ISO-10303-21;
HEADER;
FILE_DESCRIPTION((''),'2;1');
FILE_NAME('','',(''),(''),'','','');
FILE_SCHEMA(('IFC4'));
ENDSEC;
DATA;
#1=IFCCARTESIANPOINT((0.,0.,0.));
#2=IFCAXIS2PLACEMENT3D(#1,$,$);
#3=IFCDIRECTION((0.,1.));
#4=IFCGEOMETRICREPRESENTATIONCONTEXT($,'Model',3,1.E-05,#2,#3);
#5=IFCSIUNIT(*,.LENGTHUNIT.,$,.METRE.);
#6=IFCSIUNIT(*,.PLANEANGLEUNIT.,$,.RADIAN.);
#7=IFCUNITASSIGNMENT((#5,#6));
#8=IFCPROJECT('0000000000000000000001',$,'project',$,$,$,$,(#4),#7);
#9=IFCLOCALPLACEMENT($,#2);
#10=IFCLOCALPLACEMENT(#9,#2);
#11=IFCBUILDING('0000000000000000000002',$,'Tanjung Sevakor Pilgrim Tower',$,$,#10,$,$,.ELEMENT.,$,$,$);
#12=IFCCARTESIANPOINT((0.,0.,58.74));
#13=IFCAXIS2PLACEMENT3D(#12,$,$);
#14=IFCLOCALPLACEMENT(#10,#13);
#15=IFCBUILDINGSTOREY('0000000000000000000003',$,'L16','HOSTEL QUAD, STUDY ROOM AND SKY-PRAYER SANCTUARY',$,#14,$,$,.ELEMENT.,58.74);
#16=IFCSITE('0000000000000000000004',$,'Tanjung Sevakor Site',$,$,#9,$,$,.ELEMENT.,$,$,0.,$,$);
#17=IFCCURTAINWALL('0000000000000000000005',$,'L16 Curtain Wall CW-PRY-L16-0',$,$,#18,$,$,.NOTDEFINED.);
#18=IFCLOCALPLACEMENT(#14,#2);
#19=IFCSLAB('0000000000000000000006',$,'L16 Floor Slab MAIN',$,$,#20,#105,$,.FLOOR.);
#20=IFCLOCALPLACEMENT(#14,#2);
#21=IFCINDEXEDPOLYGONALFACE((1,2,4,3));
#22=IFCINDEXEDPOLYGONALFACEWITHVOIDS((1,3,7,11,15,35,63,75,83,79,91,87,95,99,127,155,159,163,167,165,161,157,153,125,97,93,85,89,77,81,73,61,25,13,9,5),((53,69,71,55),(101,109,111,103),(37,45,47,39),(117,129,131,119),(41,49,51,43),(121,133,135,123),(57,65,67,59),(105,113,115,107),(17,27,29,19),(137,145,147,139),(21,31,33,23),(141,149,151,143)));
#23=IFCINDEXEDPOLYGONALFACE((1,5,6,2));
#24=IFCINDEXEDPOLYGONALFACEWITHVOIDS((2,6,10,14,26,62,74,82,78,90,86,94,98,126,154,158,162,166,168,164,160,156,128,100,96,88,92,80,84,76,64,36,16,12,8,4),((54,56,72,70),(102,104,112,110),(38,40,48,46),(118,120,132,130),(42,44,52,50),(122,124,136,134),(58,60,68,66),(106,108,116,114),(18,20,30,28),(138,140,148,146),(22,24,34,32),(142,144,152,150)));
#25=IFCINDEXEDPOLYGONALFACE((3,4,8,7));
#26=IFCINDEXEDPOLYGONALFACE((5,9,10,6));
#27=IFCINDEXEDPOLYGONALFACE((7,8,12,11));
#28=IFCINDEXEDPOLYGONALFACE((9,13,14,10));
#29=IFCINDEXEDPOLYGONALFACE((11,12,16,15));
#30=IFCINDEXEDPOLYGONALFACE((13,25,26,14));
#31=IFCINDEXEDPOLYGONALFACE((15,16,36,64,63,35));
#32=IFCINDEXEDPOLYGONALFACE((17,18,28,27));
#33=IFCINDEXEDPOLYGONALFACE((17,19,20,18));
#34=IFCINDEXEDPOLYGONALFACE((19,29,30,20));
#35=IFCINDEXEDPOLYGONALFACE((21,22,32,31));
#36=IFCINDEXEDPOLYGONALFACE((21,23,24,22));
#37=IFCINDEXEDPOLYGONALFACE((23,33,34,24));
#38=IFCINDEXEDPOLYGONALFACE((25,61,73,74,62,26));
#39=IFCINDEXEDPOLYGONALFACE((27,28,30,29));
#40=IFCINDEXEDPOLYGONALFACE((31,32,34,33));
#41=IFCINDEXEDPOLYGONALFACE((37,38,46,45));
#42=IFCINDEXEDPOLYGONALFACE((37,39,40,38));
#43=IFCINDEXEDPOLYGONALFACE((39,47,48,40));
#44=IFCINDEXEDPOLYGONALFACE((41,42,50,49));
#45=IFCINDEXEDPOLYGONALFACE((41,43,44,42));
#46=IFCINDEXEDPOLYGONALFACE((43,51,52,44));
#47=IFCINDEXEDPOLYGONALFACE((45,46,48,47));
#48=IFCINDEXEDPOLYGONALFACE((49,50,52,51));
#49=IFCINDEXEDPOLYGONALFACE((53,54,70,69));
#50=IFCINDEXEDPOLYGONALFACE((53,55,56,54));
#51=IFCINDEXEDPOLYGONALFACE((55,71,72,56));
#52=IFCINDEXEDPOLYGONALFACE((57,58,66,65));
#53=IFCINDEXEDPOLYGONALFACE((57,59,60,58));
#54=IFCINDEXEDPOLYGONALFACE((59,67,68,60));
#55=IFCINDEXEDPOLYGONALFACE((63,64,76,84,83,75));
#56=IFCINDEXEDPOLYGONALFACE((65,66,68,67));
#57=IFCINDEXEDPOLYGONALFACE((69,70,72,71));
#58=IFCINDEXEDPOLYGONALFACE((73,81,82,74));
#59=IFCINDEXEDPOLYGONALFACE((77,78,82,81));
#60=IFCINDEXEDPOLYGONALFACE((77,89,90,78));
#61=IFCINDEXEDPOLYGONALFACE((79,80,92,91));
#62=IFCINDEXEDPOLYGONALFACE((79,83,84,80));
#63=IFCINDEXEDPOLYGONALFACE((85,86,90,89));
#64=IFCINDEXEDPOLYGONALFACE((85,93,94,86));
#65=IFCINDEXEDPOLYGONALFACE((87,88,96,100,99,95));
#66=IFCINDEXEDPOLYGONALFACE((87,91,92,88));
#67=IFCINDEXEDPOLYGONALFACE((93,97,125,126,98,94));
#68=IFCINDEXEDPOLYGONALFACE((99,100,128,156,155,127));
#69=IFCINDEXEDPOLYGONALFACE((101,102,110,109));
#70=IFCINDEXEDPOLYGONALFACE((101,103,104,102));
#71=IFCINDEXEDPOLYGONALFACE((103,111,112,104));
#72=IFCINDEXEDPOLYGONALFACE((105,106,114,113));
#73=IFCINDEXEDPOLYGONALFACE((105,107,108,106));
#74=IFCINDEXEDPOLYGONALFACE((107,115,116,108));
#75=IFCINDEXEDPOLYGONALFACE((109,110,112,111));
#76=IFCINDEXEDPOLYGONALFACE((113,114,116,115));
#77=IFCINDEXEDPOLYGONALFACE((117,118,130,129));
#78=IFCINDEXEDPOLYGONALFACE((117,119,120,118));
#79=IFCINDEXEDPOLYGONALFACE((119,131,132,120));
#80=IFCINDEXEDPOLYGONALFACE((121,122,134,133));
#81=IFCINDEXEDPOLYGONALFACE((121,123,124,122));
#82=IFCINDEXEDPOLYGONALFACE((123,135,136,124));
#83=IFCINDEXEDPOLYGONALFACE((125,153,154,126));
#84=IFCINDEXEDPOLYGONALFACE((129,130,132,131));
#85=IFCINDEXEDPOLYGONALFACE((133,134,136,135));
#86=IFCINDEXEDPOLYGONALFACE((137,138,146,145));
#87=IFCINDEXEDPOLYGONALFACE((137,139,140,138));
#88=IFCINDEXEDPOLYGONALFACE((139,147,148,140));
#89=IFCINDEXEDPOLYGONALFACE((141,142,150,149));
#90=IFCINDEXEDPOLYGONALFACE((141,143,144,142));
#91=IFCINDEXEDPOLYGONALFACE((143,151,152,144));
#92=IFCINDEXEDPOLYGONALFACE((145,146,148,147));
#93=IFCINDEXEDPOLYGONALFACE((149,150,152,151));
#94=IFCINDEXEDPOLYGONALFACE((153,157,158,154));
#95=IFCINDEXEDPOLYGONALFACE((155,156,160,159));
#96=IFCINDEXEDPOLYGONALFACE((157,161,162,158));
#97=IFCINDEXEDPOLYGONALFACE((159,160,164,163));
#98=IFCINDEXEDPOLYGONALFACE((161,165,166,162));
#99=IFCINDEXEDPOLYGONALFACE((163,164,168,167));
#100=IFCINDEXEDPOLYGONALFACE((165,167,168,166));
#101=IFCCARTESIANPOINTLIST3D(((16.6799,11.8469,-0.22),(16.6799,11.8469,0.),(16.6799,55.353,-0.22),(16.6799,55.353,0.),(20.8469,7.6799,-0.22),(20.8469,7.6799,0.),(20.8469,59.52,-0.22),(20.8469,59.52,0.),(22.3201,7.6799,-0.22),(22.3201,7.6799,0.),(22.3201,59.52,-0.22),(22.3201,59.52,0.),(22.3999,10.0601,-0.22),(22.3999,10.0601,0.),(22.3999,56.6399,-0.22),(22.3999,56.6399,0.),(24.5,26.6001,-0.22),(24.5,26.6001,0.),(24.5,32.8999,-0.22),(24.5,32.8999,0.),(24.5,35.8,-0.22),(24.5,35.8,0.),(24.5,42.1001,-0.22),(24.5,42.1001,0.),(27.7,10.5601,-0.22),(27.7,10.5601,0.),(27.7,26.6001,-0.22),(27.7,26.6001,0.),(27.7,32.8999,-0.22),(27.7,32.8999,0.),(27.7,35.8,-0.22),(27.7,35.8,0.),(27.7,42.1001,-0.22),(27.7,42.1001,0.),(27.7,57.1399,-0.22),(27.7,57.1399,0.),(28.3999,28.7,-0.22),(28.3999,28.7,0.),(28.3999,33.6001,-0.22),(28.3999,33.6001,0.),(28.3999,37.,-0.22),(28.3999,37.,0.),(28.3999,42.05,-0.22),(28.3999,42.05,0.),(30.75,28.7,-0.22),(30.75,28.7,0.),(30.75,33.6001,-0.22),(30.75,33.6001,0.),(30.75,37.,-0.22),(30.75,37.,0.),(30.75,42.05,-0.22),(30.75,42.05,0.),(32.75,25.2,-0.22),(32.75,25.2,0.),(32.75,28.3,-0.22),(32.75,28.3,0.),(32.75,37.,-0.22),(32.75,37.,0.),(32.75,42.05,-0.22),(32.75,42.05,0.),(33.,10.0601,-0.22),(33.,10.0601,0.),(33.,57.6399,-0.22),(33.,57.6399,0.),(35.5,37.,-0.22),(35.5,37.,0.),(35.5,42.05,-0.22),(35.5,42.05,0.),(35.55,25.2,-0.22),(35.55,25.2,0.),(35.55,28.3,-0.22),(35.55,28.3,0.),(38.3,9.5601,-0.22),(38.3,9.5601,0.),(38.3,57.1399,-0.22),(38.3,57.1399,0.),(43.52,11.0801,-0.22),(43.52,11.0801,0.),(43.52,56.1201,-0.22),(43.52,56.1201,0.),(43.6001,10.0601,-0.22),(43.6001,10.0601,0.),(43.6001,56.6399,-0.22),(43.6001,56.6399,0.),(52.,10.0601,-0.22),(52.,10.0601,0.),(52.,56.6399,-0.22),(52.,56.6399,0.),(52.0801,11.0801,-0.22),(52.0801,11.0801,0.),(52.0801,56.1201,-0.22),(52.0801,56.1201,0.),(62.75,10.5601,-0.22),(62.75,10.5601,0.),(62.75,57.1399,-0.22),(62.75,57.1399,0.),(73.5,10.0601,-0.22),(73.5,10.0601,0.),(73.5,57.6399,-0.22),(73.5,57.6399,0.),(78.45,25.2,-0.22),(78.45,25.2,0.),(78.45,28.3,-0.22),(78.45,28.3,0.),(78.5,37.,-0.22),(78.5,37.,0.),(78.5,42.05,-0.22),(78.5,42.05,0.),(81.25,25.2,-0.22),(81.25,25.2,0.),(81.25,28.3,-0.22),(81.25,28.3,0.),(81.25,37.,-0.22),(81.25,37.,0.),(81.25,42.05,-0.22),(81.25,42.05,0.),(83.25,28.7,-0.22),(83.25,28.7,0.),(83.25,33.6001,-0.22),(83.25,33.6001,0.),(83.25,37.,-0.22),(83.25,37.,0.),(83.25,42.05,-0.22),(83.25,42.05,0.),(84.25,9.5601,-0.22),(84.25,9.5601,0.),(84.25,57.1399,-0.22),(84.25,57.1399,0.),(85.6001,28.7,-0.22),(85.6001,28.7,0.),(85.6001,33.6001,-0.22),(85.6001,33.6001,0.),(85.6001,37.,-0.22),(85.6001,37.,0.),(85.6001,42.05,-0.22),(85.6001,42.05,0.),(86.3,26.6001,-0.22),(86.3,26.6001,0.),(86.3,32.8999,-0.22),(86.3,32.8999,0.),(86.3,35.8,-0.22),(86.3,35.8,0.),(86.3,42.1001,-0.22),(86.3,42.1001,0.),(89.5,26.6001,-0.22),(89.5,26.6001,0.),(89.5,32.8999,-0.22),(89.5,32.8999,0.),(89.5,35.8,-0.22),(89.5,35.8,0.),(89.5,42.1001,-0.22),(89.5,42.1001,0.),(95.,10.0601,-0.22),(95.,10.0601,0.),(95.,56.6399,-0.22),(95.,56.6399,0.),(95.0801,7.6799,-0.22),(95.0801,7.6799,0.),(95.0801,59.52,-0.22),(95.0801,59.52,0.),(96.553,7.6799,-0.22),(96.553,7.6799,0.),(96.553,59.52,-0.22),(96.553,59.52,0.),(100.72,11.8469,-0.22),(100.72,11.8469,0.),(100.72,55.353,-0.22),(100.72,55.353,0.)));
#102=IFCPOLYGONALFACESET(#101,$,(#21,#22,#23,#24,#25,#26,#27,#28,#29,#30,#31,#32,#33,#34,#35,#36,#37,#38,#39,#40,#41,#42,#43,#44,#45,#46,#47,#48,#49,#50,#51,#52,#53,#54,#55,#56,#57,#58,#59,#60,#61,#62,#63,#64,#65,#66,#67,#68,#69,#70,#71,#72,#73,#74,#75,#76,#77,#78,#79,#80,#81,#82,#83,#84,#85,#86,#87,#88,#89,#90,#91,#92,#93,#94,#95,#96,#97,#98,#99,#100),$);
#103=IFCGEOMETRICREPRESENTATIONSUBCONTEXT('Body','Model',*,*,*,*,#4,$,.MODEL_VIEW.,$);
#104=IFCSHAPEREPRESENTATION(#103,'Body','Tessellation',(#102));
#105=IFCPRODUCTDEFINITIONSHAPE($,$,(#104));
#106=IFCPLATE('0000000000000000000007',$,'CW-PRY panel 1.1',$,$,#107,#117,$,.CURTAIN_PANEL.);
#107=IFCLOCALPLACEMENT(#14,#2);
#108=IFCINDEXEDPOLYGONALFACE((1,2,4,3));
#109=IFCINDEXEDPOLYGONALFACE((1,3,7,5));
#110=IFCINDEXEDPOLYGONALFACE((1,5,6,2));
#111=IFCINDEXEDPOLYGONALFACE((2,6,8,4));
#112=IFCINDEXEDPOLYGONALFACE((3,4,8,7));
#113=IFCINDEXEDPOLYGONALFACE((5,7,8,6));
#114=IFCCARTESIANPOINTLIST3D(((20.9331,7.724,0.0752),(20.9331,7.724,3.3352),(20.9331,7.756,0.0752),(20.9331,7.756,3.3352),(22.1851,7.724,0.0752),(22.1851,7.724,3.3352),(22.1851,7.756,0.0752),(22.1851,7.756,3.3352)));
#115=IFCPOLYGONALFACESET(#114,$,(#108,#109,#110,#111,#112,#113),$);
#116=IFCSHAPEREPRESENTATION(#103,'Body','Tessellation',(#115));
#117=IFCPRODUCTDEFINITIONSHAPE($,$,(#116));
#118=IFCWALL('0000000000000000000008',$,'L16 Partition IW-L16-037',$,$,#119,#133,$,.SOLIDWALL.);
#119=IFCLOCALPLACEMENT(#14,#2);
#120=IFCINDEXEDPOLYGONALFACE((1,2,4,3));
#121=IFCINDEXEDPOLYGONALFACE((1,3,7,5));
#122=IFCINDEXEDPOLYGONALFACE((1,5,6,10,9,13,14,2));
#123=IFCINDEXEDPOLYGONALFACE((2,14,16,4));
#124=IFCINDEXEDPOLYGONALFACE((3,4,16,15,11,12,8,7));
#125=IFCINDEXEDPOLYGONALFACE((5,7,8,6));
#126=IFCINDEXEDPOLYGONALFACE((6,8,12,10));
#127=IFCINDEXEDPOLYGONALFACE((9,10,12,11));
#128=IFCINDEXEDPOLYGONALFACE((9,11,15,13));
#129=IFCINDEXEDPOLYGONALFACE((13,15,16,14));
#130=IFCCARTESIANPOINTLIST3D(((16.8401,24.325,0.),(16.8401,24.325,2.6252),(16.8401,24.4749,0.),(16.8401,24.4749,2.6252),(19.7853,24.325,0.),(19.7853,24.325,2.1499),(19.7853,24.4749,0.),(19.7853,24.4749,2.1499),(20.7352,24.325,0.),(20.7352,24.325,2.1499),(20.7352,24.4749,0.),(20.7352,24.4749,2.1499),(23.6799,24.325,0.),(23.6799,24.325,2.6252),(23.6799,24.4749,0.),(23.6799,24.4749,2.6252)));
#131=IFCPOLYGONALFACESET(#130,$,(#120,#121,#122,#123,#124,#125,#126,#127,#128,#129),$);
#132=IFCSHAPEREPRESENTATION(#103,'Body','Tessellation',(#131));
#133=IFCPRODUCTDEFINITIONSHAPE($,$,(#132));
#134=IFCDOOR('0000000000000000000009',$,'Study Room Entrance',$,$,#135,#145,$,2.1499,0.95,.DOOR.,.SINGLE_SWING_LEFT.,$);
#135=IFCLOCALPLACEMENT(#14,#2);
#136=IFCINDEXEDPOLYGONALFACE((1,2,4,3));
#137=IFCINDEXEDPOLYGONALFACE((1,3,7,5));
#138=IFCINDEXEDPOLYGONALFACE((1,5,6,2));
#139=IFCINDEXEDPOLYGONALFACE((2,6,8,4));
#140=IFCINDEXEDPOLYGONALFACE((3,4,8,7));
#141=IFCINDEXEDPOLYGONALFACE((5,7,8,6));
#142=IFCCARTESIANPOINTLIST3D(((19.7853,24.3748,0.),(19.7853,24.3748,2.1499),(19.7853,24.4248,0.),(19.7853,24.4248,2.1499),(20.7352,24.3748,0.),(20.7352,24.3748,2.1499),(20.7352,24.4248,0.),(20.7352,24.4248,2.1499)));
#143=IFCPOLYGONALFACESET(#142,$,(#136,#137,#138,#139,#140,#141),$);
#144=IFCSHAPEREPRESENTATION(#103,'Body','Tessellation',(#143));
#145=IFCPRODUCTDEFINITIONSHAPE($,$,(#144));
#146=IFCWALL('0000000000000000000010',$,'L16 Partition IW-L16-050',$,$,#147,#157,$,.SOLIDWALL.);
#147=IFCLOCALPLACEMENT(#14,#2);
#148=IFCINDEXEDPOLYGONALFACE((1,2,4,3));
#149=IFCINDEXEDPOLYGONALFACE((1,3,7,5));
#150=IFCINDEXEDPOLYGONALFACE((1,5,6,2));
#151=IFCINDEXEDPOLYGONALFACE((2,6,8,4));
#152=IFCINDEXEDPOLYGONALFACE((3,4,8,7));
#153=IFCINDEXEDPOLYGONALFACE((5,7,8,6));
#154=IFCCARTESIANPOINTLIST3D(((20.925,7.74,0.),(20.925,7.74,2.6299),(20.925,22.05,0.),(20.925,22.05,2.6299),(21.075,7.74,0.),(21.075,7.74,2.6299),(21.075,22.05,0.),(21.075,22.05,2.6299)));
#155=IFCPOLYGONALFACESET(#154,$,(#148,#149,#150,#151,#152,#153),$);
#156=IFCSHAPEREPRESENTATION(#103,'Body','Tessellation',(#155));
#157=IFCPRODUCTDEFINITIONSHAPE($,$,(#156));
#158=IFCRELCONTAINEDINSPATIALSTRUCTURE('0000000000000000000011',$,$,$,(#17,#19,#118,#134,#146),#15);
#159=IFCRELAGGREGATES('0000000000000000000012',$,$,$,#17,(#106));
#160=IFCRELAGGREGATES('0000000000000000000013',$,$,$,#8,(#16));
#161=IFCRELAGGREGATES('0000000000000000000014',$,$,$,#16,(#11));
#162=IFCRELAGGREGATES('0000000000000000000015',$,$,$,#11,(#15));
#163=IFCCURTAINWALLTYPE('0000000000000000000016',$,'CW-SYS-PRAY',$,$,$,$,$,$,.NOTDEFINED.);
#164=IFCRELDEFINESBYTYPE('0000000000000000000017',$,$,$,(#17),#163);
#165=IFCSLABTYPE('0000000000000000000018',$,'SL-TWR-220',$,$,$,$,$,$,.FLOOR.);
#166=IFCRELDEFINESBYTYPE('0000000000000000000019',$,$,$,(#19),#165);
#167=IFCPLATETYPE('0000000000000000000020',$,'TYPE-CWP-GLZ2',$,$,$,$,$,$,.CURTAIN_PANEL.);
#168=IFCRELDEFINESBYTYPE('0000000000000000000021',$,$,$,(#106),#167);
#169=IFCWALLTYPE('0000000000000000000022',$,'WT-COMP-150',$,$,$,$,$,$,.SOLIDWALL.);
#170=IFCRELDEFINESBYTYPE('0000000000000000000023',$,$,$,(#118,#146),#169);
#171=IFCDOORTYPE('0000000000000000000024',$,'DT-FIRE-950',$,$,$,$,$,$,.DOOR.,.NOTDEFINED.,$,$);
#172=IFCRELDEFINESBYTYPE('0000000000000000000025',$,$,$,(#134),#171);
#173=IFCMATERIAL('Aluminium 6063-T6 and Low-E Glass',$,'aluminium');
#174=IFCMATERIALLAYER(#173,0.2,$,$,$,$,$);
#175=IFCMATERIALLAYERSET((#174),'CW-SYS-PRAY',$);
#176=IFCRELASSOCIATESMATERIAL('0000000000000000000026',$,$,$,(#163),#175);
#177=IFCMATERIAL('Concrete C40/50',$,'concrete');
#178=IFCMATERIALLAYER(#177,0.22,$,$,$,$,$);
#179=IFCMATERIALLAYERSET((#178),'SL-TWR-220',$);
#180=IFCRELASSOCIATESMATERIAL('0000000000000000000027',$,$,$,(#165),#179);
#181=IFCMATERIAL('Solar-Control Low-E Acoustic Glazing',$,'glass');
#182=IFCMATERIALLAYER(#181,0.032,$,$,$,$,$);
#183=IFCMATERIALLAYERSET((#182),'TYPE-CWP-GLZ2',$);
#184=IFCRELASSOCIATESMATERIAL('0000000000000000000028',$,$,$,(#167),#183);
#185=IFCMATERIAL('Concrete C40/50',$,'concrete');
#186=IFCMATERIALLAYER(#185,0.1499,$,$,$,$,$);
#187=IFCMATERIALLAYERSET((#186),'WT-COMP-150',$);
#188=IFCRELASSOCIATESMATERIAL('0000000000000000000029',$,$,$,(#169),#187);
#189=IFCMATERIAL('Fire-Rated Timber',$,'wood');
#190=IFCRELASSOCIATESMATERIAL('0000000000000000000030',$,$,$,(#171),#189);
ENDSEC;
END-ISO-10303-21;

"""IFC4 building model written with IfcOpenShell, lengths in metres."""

from ifc_helpers import new_model, si_unit, direction, frame, frame_2d, origin, origin_2d, place, context, subcontext, project, spatial, polyline, rectangle, outline, extrude, material, layer, layer_set, type_object, element, fill, aggregate, save


model = new_model("IFC4")

# Units and contexts
model_context = context("Model", 3, precision=1e-05, world=origin(), true_north=direction((0.0, 1.0)))
body_context = subcontext(model_context, "Body", "Model", "MODEL_VIEW")
ifc_project = project(units=[si_unit("LENGTHUNIT", "METRE"), si_unit("PLANEANGLEUNIT", "RADIAN")], contexts=[model_context])

# Site, building, storey
site_placement = place(None, origin())
site = spatial("IfcSite", under=ifc_project, at=site_placement, Name="Tanjung Sevakor Site", CompositionType="ELEMENT", RefElevation=0.0)
building_placement = place(site_placement, origin())
building = spatial("IfcBuilding", under=site, at=building_placement, Name="Tanjung Sevakor Pilgrim Tower", CompositionType="ELEMENT")
storey_placement = place(building_placement, frame((0.0, 0.0, 58.74)))
storey = spatial("IfcBuildingStorey", under=building, at=storey_placement, Name="L16", Description="HOSTEL QUAD, STUDY ROOM AND SKY-PRAYER SANCTUARY", CompositionType="ELEMENT", Elevation=58.74)

# Curtain wall
ifc_material_1 = material(Name="Aluminium 6063-T6 and Low-E Glass", Category="aluminium")
ifc_layer_1 = layer(ifc_material_1, 0.2)
ifc_layer_set_1 = layer_set([ifc_layer_1], Name="CW-SYS-PRAY")
curtain_wall_type = type_object("IfcCurtainWallType", Name="CW-SYS-PRAY", PredefinedType="NOTDEFINED", material=ifc_layer_set_1)
curtain_wall_1_placement = place(storey_placement, origin())
curtain_wall_1 = element("IfcCurtainWall", 1, at=curtain_wall_1_placement, inside=storey, type_object=curtain_wall_type, Name="L16 Curtain Wall CW-PRY-L16-0", PredefinedType="NOTDEFINED")

# Slab
ifc_material_2 = material(Name="Concrete C40/50", Category="concrete")
ifc_layer_2 = layer(ifc_material_2, 0.22)
ifc_layer_set_2 = layer_set([ifc_layer_2], Name="SL-TWR-220")
slab_type_1 = type_object("IfcSlabType", Name="SL-TWR-220", PredefinedType="FLOOR", material=ifc_layer_set_2)
slab_1_placement = place(storey_placement, frame((0.0, 0.0, -0.22)))
element("IfcSlab", 2, at=slab_1_placement, inside=storey, type_object=slab_type_1, Name="L16 Floor Slab MAIN", PredefinedType="FLOOR", context=body_context, shape_type="SweptSolid", body=[
    extrude(outline(polyline([(20.8469, 7.6799), (22.3201, 7.6799), (22.3999, 10.0601), (27.7, 10.5601), (33.0, 10.0601), (38.3, 9.5601), (43.6001, 10.0601), (43.52, 11.0801), (52.0801, 11.0801), (52.0, 10.0601), (62.75, 10.5601), (73.5, 10.0601), (84.25, 9.5601), (95.0, 10.0601), (95.0801, 7.6799), (96.553, 7.6799), (100.72, 11.8469), (100.72, 55.353), (96.553, 59.52), (95.0801, 59.52), (95.0, 56.6399), (84.25, 57.1399), (73.5, 57.6399), (62.75, 57.1399), (52.0, 56.6399), (52.0801, 56.1201), (43.52, 56.1201), (43.6001, 56.6399), (38.3, 57.1399), (33.0, 57.6399), (27.7, 57.1399), (22.3999, 56.6399), (22.3201, 59.52), (20.8469, 59.52), (16.6799, 55.353), (16.6799, 11.8469), (20.8469, 7.6799)]), holes=[polyline([(27.7, 26.6001), (27.7, 32.8999), (24.5, 32.8999), (24.5, 26.6001), (27.7, 26.6001)]), polyline([(27.7, 35.8), (27.7, 42.1001), (24.5, 42.1001), (24.5, 35.8), (27.7, 35.8)]), polyline([(89.5, 26.6001), (89.5, 32.8999), (86.3, 32.8999), (86.3, 26.6001), (89.5, 26.6001)]), polyline([(89.5, 35.8), (89.5, 42.1001), (86.3, 42.1001), (86.3, 35.8), (89.5, 35.8)]), polyline([(32.75, 25.2), (35.55, 25.2), (35.55, 28.3), (32.75, 28.3), (32.75, 25.2)]), polyline([(28.3999, 28.7), (30.75, 28.7), (30.75, 33.6001), (28.3999, 33.6001), (28.3999, 28.7)]), polyline([(28.3999, 37.0), (30.75, 37.0), (30.75, 42.05), (28.3999, 42.05), (28.3999, 37.0)]), polyline([(32.75, 37.0), (35.5, 37.0), (35.5, 42.05), (32.75, 42.05), (32.75, 37.0)]), polyline([(78.45, 25.2), (81.25, 25.2), (81.25, 28.3), (78.45, 28.3), (78.45, 25.2)]), polyline([(83.25, 28.7), (85.6001, 28.7), (85.6001, 33.6001), (83.25, 33.6001), (83.25, 28.7)]), polyline([(83.25, 37.0), (85.6001, 37.0), (85.6001, 42.05), (83.25, 42.05), (83.25, 37.0)]), polyline([(78.5, 37.0), (81.25, 37.0), (81.25, 42.05), (78.5, 42.05), (78.5, 37.0)])]), origin(), (0.0, 0.0, 1.0), 0.22),
])

# Plate
ifc_material_3 = material(Name="Solar-Control Low-E Acoustic Glazing", Category="glass")
ifc_layer_3 = layer(ifc_material_3, 0.032)
ifc_layer_set_3 = layer_set([ifc_layer_3], Name="TYPE-CWP-GLZ2")
plate_type = type_object("IfcPlateType", Name="TYPE-CWP-GLZ2", PredefinedType="CURTAIN_PANEL", material=ifc_layer_set_3)
plate_placement = place(storey_placement, frame((21.5591, 7.74, 0.0752), z_axis=(0.0, 0.0, 1.0), x_axis=(1.0, 0.0, 0.0)))
plate = element("IfcPlate", 3, at=plate_placement, type_object=plate_type, Name="CW-PRY panel 1.1", PredefinedType="CURTAIN_PANEL", context=body_context, shape_type="SweptSolid", body=[
    extrude(rectangle(XDim=1.252, YDim=0.032, at=origin_2d()), origin(), (0.0, 0.0, 1.0), 3.26),
])
aggregate(curtain_wall_1, [plate])

# Wall, opening, door
ifc_material_4 = material(Name="Concrete C40/50", Category="concrete")
ifc_layer_4 = layer(ifc_material_4, 0.1499)
ifc_layer_set_4 = layer_set([ifc_layer_4], Name="WT-COMP-150")
wall_type_1 = type_object("IfcWallType", Name="WT-COMP-150", PredefinedType="SOLIDWALL", material=ifc_layer_set_4)
wall_1_placement = place(storey_placement, frame((16.8401, 24.3999, 0.0), z_axis=(0.0, 0.0, 1.0), x_axis=(1.0, 0.0, 0.0)))
wall_1 = element("IfcWall", 4, at=wall_1_placement, inside=storey, type_object=wall_type_1, Name="L16 Partition IW-L16-037", PredefinedType="SOLIDWALL", context=body_context, shape_type="SweptSolid", body=[
    extrude(rectangle(XDim=6.8398, YDim=0.1499, at=frame_2d((3.4199, 0.0))), origin(), (0.0, 0.0, 1.0), 2.6252),
])
opening_1_placement = place(wall_1_placement, frame((2.9451, 0.0, 0.0)))
opening_1 = element("IfcOpeningElement", 5, at=opening_1_placement, cuts=wall_1, PredefinedType="OPENING", context=body_context, shape_type="SweptSolid", body=[
    extrude(rectangle(XDim=0.95, YDim=2.1499, at=frame_2d((0.4751, 1.075))), frame((0.0, 0.085, 0.0), z_axis=(0.0, -1.0, 0.0), x_axis=(1.0, 0.0, 0.0)), (0.0, 0.0, 1.0), 0.1699),
])
ifc_material_5 = material(Name="Fire-Rated Timber", Category="wood")
door_type_1 = type_object("IfcDoorType", Name="DT-FIRE-950", OperationType="NOTDEFINED", PredefinedType="DOOR", material=ifc_material_5)
door_1_placement = place(opening_1_placement, origin())
door_1 = element("IfcDoor", 6, at=door_1_placement, inside=storey, type_object=door_type_1, Name="Study Room Entrance", OperationType="SINGLE_SWING_LEFT", OverallHeight=2.1499, OverallWidth=0.95, PredefinedType="DOOR", context=body_context, shape_type="SweptSolid", body=[
    extrude(rectangle(XDim=0.95, YDim=2.1499, at=frame_2d((0.4751, 1.075))), frame((0.0, 0.0249, 0.0), z_axis=(0.0, -1.0, 0.0), x_axis=(1.0, 0.0, 0.0)), (0.0, 0.0, 1.0), 0.05),
])
fill(opening_1, door_1)

# Wall
wall_2_placement = place(storey_placement, frame((21.0, 7.74, 0.0), z_axis=(0.0, 0.0, 1.0), x_axis=(0.0, 1.0, 0.0)))
element("IfcWall", 7, at=wall_2_placement, inside=storey, type_object=wall_type_1, Name="L16 Partition IW-L16-050", PredefinedType="SOLIDWALL", context=body_context, shape_type="SweptSolid", body=[
    extrude(rectangle(XDim=14.3101, YDim=0.1499, at=frame_2d((7.155, 0.0))), origin(), (0.0, 0.0, 1.0), 2.6299),
])

save(model, "model.ifc")
